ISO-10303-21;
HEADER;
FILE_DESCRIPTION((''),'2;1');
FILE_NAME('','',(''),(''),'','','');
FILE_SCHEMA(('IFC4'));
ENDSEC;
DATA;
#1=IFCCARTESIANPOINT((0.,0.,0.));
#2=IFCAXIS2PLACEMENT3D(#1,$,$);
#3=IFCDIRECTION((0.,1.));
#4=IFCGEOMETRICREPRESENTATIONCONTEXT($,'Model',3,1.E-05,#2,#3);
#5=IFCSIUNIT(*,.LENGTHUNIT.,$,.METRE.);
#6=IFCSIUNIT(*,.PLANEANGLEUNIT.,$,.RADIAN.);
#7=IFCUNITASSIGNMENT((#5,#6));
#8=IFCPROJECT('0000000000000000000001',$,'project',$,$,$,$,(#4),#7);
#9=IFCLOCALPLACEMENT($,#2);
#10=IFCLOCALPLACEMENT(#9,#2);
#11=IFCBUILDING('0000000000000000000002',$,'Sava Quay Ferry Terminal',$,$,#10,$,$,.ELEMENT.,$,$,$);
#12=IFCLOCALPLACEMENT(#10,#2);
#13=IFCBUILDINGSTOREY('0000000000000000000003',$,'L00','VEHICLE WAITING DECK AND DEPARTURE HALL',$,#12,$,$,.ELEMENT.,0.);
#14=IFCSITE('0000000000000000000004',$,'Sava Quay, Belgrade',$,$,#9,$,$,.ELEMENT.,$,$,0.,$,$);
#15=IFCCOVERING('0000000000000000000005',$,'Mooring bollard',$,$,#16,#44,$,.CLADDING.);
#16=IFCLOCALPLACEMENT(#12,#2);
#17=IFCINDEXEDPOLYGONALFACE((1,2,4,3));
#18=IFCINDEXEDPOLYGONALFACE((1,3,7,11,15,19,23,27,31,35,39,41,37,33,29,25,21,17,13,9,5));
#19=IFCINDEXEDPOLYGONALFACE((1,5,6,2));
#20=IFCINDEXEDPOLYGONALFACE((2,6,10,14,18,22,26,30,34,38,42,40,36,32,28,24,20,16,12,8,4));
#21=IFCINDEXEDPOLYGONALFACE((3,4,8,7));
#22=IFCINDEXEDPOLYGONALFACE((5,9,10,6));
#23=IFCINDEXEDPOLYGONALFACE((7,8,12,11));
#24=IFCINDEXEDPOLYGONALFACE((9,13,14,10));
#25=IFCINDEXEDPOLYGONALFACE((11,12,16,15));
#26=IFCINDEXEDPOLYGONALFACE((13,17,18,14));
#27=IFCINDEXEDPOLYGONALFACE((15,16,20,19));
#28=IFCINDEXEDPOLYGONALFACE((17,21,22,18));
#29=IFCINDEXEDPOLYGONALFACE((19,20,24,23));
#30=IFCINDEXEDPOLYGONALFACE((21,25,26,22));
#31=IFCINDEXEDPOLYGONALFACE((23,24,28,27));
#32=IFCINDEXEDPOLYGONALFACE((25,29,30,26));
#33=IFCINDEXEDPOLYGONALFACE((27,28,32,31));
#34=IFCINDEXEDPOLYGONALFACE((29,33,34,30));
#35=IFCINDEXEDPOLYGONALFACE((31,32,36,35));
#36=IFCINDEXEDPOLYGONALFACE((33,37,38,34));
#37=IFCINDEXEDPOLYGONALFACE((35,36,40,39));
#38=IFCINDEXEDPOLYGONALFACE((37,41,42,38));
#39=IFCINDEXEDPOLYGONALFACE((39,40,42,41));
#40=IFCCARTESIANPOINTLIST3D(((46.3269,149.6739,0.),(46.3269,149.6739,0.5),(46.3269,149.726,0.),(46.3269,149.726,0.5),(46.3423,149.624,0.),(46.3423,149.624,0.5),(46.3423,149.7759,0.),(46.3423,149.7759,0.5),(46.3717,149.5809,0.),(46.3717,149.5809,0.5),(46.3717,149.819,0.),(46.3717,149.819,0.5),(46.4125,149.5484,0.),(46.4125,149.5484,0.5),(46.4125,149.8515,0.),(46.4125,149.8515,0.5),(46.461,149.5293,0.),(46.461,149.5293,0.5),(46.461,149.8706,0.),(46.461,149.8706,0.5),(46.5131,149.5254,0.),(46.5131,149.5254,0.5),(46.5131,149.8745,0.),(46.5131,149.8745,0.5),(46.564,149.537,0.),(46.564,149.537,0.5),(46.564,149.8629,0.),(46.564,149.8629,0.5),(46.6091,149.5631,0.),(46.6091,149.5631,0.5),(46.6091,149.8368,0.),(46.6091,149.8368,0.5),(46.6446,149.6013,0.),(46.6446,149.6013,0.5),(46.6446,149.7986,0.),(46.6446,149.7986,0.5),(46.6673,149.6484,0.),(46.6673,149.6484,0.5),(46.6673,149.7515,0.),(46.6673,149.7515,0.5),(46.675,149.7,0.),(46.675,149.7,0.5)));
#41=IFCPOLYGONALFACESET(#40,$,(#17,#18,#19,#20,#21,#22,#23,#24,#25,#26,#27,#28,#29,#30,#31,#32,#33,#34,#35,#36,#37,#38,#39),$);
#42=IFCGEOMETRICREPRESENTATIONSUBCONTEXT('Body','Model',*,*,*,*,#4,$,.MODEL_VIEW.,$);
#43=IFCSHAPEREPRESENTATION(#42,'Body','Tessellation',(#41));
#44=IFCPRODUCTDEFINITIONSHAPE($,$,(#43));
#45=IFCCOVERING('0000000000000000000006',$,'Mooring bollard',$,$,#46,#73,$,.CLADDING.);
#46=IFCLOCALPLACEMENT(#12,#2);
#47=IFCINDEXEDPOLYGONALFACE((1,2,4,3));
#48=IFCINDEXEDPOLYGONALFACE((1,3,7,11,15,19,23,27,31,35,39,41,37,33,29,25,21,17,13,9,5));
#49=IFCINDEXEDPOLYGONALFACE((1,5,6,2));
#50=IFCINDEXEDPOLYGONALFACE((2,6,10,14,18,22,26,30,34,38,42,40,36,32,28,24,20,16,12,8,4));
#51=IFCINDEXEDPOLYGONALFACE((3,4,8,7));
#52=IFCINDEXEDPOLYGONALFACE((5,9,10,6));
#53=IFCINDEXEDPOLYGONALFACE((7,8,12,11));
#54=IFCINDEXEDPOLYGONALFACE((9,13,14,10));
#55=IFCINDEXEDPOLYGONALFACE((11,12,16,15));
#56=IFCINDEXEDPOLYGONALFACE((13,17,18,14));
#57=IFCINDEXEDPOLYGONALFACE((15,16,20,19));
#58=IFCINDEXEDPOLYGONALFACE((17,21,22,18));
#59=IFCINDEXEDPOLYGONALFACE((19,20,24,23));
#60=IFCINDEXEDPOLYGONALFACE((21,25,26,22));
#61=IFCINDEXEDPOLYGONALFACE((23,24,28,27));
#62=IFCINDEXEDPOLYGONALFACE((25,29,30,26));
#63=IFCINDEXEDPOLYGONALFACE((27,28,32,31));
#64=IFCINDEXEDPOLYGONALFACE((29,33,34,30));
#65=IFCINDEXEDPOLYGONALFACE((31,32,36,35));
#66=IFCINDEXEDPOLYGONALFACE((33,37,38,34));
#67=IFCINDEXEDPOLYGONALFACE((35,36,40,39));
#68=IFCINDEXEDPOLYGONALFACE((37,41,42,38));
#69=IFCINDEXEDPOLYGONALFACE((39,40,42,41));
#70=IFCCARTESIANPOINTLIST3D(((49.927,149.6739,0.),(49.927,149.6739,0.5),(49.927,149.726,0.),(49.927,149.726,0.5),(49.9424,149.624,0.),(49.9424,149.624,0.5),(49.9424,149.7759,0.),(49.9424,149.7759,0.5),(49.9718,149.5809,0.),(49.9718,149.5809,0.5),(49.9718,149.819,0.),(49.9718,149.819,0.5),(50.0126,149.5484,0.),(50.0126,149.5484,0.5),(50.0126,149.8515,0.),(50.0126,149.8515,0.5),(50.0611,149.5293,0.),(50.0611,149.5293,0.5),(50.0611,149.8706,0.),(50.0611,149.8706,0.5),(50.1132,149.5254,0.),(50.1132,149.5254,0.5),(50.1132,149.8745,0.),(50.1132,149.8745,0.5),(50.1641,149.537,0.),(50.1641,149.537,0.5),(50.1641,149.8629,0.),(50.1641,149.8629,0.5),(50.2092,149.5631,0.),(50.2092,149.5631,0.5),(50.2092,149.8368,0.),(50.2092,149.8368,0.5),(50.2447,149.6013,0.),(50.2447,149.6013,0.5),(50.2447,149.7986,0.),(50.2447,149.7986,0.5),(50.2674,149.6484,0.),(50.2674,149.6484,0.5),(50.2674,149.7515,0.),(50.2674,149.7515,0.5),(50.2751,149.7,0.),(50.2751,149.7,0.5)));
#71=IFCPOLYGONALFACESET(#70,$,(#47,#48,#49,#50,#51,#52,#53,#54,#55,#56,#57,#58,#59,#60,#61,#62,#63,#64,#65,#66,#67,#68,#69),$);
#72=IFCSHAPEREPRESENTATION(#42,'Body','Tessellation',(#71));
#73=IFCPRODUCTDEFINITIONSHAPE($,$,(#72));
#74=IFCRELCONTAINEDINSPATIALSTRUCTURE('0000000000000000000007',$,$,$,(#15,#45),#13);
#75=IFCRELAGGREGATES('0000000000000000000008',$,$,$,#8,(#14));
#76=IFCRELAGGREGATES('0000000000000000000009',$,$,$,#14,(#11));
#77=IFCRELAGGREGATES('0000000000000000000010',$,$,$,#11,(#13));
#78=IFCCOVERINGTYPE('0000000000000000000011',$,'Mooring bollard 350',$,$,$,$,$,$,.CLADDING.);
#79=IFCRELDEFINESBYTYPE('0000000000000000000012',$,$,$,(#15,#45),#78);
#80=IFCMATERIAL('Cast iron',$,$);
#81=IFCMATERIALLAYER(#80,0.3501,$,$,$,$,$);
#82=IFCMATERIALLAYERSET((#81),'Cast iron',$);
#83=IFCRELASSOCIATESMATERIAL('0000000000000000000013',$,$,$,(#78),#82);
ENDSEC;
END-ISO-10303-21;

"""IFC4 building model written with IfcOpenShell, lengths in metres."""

from ifc_helpers import new_model, si_unit, direction, frame, origin, origin_2d, place, context, subcontext, project, spatial, circle, extrude, material, layer, layer_set, type_object, element, save


model = new_model("IFC4")

# Units and contexts
model_context = context("Model", 3, precision=1e-05, world=origin(), true_north=direction((0.0, 1.0)))
body_context = subcontext(model_context, "Body", "Model", "MODEL_VIEW")
ifc_project = project(units=[si_unit("LENGTHUNIT", "METRE"), si_unit("PLANEANGLEUNIT", "RADIAN")], contexts=[model_context])

# Site, building, storey
site_placement = place(None, origin())
site = spatial("IfcSite", under=ifc_project, at=site_placement, Name="Sava Quay, Belgrade", CompositionType="ELEMENT", RefElevation=0.0)
building_placement = place(site_placement, origin())
building = spatial("IfcBuilding", under=site, at=building_placement, Name="Sava Quay Ferry Terminal", CompositionType="ELEMENT")
storey_placement = place(building_placement, origin())
storey = spatial("IfcBuildingStorey", under=building, at=storey_placement, Name="L00", Description="VEHICLE WAITING DECK AND DEPARTURE HALL", CompositionType="ELEMENT", Elevation=0.0)

# Coverings
ifc_material_1 = material(Name="Cast iron")
ifc_layer_1 = layer(ifc_material_1, 0.3501)
ifc_layer_set_1 = layer_set([ifc_layer_1], Name="Cast iron")
covering_type_1 = type_object("IfcCoveringType", Name="Mooring bollard 350", PredefinedType="CLADDING", material=ifc_layer_set_1)
for number, where, z_axis, x_axis, name in (
    (1, (46.5, 149.7, 0.5), (0.0, 0.0, -1.0), (1.0, 0.0, 0.0), "Mooring bollard"),
    (2, (50.1001, 149.7, 0.5), (0.0, 0.0, -1.0), (1.0, 0.0, 0.0), "Mooring bollard"),
):
    element("IfcCovering", number, at=place(storey_placement, frame(where, z_axis=z_axis, x_axis=x_axis)), inside=storey, type_object=covering_type_1, Name=name, PredefinedType="CLADDING", context=body_context, shape_type="SweptSolid", body=[
        extrude(circle(Radius=0.175, at=origin_2d()), origin(), (0.0, 0.0, 1.0), 0.5),
    ])

save(model, "model.ifc")
